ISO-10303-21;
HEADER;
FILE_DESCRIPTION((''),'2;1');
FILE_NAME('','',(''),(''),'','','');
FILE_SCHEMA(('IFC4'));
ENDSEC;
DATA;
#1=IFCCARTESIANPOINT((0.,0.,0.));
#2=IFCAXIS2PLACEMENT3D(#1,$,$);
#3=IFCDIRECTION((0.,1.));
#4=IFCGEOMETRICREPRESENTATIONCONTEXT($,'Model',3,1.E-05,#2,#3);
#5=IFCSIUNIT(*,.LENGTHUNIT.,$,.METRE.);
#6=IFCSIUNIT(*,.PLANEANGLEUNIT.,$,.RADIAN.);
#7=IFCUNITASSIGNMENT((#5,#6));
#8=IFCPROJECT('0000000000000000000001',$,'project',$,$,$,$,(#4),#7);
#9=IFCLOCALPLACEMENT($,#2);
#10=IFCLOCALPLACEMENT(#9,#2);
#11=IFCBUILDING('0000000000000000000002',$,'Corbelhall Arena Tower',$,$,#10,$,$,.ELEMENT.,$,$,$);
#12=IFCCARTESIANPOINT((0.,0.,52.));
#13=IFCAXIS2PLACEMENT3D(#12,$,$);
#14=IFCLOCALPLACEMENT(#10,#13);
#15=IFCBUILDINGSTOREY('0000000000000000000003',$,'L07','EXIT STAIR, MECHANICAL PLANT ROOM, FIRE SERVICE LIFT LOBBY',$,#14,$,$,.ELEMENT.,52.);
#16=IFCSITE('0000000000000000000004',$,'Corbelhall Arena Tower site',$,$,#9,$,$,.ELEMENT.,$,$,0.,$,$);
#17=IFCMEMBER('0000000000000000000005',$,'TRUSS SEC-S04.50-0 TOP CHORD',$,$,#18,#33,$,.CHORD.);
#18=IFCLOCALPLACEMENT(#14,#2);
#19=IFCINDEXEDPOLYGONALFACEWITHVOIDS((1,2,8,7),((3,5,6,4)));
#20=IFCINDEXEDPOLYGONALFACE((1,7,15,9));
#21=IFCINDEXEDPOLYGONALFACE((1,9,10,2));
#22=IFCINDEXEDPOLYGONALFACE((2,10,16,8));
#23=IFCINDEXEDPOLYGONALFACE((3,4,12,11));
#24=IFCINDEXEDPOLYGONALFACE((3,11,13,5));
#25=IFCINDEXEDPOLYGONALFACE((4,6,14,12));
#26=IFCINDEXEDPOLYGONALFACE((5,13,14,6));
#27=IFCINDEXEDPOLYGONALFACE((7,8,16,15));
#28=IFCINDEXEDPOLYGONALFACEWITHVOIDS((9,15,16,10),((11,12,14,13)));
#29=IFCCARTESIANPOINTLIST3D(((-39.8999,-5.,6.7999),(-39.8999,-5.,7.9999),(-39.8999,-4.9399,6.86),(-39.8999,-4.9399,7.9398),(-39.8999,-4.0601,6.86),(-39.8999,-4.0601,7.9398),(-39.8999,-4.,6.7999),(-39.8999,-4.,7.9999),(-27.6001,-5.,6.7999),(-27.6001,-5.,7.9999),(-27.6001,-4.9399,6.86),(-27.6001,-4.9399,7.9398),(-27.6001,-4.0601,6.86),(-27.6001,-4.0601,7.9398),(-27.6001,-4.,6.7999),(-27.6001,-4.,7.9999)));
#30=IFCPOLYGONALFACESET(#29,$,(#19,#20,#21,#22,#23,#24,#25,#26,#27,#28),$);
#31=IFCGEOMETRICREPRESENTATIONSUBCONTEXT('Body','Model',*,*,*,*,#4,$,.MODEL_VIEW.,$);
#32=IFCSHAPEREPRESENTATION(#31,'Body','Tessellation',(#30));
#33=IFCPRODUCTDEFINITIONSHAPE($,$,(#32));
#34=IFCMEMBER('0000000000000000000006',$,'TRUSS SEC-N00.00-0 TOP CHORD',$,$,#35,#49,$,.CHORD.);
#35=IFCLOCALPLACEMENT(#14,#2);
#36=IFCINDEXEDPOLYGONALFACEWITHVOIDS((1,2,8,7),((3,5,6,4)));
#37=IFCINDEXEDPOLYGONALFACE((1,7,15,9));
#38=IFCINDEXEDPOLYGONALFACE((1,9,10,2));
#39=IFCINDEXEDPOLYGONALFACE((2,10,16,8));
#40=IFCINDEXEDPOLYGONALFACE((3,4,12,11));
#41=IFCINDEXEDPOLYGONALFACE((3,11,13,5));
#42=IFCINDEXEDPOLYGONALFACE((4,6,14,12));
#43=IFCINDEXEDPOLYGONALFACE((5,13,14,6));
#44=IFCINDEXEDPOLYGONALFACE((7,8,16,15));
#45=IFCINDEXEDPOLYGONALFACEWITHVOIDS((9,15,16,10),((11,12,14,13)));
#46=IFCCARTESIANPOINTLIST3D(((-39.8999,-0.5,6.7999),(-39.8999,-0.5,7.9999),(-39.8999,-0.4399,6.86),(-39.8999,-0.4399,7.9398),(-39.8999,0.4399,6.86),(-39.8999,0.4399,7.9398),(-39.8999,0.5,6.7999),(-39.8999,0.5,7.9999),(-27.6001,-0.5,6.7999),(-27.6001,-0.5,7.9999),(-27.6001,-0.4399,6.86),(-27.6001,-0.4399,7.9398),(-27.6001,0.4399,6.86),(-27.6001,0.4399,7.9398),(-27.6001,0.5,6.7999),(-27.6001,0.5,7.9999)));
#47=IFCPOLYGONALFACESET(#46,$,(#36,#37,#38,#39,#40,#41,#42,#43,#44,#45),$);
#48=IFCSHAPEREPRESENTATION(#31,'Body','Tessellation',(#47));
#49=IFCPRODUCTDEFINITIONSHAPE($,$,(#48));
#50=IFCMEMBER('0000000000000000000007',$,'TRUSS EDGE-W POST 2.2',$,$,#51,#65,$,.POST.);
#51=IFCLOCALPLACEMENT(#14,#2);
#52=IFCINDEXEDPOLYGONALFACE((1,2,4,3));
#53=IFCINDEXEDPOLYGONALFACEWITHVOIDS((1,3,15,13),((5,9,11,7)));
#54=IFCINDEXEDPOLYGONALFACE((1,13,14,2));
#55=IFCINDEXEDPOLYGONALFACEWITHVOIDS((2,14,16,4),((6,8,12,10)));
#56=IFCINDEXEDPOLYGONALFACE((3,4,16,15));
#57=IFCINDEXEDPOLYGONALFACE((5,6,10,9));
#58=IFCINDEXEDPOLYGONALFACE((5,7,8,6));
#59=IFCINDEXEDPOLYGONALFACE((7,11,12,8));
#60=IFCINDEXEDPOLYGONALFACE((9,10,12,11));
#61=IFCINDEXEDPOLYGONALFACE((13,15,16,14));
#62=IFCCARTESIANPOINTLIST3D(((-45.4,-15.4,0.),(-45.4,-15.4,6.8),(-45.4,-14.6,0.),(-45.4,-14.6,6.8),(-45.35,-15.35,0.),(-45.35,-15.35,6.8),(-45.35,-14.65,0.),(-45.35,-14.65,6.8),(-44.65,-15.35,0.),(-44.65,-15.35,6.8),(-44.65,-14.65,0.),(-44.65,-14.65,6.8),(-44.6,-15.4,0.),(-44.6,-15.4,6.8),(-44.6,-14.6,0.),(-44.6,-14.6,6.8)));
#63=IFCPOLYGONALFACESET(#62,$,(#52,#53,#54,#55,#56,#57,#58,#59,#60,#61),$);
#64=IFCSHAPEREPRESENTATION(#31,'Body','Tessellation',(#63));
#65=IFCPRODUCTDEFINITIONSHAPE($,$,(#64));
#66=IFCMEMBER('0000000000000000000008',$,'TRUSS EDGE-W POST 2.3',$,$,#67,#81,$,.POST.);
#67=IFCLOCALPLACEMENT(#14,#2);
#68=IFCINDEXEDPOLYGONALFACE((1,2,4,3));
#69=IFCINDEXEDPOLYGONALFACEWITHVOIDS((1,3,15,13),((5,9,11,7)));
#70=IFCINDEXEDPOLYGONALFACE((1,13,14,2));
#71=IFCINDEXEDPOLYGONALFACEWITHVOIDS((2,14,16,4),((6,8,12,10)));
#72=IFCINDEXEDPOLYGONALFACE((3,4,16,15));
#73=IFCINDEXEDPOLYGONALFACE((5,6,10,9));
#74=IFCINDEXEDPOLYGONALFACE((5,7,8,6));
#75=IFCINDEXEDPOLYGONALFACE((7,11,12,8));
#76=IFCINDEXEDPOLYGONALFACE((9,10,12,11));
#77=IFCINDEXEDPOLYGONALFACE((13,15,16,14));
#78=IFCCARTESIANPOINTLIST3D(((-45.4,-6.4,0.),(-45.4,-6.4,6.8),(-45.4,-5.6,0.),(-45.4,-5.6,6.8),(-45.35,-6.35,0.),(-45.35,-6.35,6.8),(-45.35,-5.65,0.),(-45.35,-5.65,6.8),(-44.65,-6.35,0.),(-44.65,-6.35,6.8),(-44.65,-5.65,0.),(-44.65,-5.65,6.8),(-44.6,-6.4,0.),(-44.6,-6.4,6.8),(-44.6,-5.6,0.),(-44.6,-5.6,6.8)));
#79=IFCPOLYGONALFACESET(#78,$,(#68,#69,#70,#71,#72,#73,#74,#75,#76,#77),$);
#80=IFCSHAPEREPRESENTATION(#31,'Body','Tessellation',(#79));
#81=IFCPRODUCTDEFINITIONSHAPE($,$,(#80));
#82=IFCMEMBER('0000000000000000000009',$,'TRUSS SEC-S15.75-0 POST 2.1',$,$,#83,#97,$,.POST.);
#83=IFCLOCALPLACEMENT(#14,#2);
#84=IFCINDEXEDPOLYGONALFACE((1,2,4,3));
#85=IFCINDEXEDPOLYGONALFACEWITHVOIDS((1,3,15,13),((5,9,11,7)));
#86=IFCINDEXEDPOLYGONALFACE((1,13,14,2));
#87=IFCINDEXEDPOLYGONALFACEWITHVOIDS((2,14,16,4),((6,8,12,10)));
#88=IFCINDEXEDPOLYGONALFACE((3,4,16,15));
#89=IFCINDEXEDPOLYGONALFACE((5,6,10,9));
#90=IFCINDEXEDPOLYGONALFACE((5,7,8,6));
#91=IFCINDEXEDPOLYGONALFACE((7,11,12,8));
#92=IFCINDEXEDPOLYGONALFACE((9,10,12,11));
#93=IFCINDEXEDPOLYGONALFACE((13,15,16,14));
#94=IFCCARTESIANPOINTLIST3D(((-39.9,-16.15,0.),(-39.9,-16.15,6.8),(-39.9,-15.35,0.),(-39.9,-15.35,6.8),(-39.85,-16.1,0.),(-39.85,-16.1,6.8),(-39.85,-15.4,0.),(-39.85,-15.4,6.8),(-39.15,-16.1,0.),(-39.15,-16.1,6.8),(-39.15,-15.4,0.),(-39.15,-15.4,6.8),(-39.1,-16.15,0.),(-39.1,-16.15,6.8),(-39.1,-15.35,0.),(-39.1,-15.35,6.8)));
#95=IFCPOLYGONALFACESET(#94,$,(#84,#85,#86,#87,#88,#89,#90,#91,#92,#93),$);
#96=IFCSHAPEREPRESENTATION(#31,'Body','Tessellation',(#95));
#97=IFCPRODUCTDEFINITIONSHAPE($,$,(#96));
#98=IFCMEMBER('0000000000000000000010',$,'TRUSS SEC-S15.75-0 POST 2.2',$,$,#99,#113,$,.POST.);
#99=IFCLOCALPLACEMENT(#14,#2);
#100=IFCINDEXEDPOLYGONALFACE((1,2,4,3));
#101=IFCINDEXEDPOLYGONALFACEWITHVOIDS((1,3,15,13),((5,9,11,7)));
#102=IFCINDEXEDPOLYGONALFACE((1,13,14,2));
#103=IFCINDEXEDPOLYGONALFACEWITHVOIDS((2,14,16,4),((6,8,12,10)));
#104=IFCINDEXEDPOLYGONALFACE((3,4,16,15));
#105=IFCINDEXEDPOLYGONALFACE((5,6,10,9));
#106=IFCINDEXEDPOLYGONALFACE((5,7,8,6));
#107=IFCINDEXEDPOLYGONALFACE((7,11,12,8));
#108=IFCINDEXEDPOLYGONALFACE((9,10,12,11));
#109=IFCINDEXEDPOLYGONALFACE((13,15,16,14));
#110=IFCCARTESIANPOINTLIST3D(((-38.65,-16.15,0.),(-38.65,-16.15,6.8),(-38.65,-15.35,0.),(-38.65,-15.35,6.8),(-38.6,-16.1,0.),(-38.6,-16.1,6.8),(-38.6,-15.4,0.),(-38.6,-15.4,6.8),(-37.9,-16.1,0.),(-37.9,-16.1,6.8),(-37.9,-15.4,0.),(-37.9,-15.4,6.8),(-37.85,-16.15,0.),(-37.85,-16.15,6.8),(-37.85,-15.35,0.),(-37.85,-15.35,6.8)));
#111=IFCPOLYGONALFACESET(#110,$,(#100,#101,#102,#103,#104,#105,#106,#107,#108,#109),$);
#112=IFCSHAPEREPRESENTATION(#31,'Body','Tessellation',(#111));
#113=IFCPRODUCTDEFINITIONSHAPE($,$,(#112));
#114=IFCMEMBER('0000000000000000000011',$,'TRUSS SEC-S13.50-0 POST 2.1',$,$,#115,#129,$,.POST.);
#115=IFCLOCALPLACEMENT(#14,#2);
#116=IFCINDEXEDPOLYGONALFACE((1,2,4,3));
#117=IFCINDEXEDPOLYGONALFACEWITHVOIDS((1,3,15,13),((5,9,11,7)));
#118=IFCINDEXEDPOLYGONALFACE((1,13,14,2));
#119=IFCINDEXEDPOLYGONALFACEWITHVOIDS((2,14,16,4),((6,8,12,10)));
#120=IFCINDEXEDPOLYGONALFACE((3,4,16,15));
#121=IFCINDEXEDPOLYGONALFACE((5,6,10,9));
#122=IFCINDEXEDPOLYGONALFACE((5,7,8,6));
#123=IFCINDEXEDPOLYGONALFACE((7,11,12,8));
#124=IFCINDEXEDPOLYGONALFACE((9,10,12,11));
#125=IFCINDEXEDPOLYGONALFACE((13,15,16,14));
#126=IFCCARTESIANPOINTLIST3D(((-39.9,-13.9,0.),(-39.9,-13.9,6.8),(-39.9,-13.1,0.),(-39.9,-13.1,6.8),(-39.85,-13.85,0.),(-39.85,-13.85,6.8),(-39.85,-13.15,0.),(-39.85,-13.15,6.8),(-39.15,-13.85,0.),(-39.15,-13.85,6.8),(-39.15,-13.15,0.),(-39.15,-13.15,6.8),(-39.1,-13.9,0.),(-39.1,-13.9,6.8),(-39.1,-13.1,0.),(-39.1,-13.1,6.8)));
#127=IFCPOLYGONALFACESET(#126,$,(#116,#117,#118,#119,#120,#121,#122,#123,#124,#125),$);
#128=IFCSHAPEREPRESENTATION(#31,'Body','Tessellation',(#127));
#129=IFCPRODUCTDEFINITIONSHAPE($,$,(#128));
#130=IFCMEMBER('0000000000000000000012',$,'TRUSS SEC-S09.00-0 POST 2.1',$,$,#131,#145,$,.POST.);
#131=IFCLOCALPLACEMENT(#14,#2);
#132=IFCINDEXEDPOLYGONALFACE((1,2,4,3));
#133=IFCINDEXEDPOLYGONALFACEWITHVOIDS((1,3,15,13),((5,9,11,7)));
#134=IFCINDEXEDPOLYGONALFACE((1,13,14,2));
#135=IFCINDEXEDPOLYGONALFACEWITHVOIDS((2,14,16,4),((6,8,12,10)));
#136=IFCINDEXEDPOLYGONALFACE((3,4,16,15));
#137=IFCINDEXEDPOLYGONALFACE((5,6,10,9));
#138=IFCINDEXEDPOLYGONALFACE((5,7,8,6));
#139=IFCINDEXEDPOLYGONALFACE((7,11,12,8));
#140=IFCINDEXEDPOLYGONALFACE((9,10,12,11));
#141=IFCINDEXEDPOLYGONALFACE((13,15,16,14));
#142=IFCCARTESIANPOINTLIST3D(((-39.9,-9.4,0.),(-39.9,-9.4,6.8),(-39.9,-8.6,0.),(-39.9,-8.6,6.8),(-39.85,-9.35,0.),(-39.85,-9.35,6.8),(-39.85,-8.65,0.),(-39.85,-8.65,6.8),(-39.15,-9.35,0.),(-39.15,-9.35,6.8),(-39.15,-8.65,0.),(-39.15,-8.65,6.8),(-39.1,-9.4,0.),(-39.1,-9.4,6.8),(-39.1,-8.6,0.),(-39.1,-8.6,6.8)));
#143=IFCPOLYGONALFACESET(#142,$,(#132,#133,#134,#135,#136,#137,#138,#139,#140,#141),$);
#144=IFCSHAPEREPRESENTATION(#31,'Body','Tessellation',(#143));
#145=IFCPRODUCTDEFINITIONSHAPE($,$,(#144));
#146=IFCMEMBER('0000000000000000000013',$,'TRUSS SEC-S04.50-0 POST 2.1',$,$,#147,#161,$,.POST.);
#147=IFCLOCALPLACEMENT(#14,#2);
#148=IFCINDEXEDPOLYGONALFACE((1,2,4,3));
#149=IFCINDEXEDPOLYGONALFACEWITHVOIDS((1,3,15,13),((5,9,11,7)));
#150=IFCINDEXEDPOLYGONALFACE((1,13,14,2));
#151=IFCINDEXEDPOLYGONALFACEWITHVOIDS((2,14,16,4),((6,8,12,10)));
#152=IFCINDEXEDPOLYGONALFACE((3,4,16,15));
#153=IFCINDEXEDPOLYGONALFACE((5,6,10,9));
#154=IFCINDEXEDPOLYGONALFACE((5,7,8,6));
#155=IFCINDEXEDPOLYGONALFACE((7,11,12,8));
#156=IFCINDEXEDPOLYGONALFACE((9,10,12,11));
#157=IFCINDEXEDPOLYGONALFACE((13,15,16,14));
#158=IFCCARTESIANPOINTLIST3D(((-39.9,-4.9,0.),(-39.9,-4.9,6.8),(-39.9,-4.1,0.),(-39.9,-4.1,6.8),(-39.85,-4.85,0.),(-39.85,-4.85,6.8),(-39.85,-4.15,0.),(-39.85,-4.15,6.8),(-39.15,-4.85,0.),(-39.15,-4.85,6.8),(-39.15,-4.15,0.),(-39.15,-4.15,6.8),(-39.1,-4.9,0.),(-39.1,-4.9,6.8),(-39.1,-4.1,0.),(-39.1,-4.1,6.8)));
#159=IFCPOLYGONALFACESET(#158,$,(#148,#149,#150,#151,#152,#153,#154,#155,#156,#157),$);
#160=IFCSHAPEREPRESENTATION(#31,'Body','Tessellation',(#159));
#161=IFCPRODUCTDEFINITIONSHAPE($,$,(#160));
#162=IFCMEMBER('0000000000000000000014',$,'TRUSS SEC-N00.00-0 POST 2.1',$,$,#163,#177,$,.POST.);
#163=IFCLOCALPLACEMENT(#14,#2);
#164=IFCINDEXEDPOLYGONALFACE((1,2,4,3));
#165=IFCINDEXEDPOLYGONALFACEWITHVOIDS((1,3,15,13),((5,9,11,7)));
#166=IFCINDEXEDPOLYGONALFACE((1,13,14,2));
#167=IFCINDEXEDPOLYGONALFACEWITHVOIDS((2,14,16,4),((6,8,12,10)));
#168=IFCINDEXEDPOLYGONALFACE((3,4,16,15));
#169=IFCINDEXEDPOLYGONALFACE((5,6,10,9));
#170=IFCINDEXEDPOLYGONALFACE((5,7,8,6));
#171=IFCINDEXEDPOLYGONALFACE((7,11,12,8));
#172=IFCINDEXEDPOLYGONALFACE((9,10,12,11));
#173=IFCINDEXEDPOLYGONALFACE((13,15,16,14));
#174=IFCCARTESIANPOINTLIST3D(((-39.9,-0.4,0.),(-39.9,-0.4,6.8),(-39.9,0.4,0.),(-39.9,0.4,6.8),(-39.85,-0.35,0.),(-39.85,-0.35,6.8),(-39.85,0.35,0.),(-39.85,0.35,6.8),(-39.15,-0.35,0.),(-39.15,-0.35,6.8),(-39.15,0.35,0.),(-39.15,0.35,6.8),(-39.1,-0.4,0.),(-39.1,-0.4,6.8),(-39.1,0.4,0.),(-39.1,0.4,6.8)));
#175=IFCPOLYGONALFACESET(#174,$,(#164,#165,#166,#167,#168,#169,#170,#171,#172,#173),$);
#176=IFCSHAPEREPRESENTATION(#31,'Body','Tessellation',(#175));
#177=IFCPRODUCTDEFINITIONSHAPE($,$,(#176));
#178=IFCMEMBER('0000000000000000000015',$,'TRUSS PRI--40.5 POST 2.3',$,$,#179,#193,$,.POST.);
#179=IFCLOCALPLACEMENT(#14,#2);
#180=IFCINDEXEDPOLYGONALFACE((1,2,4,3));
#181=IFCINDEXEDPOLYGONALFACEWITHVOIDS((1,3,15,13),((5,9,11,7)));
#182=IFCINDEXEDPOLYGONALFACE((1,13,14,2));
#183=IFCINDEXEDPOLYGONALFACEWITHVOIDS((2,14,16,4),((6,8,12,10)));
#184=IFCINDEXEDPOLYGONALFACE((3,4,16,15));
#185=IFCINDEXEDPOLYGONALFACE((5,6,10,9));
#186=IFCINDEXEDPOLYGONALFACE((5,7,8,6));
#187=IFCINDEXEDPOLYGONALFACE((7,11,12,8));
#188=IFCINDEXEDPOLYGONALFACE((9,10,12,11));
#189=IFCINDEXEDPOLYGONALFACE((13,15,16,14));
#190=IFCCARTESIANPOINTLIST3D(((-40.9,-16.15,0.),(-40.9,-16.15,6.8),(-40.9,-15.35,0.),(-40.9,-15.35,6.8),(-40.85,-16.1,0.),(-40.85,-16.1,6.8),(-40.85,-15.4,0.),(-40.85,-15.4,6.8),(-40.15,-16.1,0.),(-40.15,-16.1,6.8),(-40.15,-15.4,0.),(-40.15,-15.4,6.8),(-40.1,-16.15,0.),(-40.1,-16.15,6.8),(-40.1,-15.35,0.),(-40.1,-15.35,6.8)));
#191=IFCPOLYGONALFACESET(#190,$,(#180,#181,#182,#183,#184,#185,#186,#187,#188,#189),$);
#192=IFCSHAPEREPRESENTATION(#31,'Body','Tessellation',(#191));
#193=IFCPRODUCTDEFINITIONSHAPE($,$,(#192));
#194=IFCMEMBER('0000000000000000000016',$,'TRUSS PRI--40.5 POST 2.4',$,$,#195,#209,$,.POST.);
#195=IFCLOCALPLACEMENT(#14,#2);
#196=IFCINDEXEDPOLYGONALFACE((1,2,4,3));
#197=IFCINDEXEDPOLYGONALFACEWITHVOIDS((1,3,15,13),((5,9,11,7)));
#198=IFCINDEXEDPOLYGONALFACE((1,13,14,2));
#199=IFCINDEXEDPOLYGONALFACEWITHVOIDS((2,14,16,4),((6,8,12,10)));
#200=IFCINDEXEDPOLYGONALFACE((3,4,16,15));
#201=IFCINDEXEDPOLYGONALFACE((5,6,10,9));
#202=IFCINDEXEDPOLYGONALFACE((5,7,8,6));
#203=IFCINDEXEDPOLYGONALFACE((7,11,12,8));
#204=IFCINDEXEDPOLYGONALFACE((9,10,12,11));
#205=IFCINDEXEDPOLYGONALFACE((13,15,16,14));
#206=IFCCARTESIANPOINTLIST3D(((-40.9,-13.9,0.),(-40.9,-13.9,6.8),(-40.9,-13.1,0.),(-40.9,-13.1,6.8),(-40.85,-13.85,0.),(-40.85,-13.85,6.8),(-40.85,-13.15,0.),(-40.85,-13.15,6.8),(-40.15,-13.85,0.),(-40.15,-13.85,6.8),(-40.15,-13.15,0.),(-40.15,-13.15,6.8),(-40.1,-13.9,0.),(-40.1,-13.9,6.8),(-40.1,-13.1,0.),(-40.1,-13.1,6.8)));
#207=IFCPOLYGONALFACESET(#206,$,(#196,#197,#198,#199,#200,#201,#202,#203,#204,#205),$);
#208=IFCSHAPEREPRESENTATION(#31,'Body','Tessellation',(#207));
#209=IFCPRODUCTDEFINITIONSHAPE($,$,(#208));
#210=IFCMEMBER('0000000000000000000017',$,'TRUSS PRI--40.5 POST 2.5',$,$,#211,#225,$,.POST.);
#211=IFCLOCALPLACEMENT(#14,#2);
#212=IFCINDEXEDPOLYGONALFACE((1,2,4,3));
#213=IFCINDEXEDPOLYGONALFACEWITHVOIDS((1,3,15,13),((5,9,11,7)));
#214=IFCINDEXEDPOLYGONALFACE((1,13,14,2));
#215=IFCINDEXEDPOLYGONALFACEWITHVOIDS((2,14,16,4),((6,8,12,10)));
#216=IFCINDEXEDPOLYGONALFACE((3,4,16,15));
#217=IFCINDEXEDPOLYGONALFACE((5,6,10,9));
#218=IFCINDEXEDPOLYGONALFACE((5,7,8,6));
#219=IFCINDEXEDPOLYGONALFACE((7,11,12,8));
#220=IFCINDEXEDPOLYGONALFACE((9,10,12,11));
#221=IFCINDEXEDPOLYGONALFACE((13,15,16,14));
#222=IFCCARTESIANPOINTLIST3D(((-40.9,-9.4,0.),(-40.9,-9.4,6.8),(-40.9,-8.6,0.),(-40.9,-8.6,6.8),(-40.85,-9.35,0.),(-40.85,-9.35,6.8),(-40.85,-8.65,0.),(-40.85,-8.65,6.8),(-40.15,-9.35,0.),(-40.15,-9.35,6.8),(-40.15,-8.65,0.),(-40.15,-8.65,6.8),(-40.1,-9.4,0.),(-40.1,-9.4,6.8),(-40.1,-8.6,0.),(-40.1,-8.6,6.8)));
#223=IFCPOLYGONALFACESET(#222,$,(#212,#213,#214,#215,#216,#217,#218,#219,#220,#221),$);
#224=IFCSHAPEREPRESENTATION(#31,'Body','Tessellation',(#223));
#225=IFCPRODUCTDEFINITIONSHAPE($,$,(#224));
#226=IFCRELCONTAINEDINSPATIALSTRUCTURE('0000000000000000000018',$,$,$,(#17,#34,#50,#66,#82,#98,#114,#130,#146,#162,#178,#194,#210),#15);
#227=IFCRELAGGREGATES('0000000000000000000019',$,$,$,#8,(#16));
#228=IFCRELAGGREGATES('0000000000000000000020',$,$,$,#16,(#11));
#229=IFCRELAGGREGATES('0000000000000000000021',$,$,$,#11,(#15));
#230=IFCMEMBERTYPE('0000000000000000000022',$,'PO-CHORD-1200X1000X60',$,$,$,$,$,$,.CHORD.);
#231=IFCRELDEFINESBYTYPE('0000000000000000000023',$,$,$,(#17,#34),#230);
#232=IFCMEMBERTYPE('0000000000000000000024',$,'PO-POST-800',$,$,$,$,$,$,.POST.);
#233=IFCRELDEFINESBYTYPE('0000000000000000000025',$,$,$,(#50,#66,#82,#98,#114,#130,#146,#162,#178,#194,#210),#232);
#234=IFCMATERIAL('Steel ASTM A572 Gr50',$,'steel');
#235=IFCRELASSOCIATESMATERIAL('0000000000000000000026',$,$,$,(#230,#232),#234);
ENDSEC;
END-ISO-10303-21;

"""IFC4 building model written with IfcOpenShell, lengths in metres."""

from ifc_helpers import new_model, si_unit, direction, frame, origin, origin_2d, place, context, subcontext, project, spatial, hollow_rectangle, extrude, material, material_profile, profile_set, type_object, element, save


model = new_model("IFC4")

# Units and contexts
model_context = context("Model", 3, precision=1e-05, world=origin(), true_north=direction((0.0, 1.0)))
body_context = subcontext(model_context, "Body", "Model", "MODEL_VIEW")
ifc_project = project(units=[si_unit("LENGTHUNIT", "METRE"), si_unit("PLANEANGLEUNIT", "RADIAN")], contexts=[model_context])

# Site, building, storey
site_placement = place(None, origin())
site = spatial("IfcSite", under=ifc_project, at=site_placement, Name="Corbelhall Arena Tower site", CompositionType="ELEMENT", RefElevation=0.0)
building_placement = place(site_placement, origin())
building = spatial("IfcBuilding", under=site, at=building_placement, Name="Corbelhall Arena Tower", CompositionType="ELEMENT")
storey_placement = place(building_placement, frame((0.0, 0.0, 52.0)))
storey = spatial("IfcBuildingStorey", under=building, at=storey_placement, Name="L07", Description="EXIT STAIR, MECHANICAL PLANT ROOM, FIRE SERVICE LIFT LOBBY", CompositionType="ELEMENT", Elevation=52.0)

# Members
ifc_material_1 = material(Name="Steel ASTM A572 Gr50", Category="steel")
ifc_material_profile_1 = material_profile(ifc_material_1, hollow_rectangle(XDim=1.0, YDim=1.2, WallThickness=0.0601, at=origin_2d()))
ifc_profile_set_1 = profile_set([ifc_material_profile_1], Name="Steel ASTM A572 Gr50")
member_type_1 = type_object("IfcMemberType", Name="PO-CHORD-1200X1000X60", PredefinedType="CHORD", material=ifc_profile_set_1)
for number, where, z_axis, x_axis, name in (
    (1, (-39.8999, -4.5, 7.3999), (1.0, 0.0, 0.0), (0.0, 1.0, 0.0), "TRUSS SEC-S04.50-0 TOP CHORD"),
    (2, (-39.8999, 0.0, 7.3999), (1.0, 0.0, 0.0), (0.0, 1.0, 0.0), "TRUSS SEC-N00.00-0 TOP CHORD"),
):
    element("IfcMember", number, at=place(storey_placement, frame(where, z_axis=z_axis, x_axis=x_axis)), inside=storey, type_object=member_type_1, Name=name, PredefinedType="CHORD", context=body_context, shape_type="SweptSolid", body=[
        extrude(hollow_rectangle(XDim=1.0, YDim=1.2, WallThickness=0.0601, at=origin_2d()), origin(), (0.0, 0.0, 1.0), 12.2998),
    ])
ifc_material_profile_2 = material_profile(ifc_material_1, hollow_rectangle(XDim=0.8, YDim=0.8, WallThickness=0.05, at=origin_2d()))
ifc_profile_set_2 = profile_set([ifc_material_profile_2], Name="Steel ASTM A572 Gr50")
member_type_2 = type_object("IfcMemberType", Name="PO-POST-800", PredefinedType="POST", material=ifc_profile_set_2)
for number, where, z_axis, x_axis, name in (
    (3, (-45.0, -15.0, 0.0), (0.0, 0.0, 1.0), (1.0, 0.0, 0.0), "TRUSS EDGE-W POST 2.2"),
    (4, (-45.0, -6.0, 0.0), (0.0, 0.0, 1.0), (1.0, 0.0, 0.0), "TRUSS EDGE-W POST 2.3"),
    (5, (-39.5, -15.75, 0.0), (0.0, 0.0, 1.0), (1.0, 0.0, 0.0), "TRUSS SEC-S15.75-0 POST 2.1"),
    (6, (-38.25, -15.75, 0.0), (0.0, 0.0, 1.0), (1.0, 0.0, 0.0), "TRUSS SEC-S15.75-0 POST 2.2"),
    (7, (-39.5, -13.5, 0.0), (0.0, 0.0, 1.0), (1.0, 0.0, 0.0), "TRUSS SEC-S13.50-0 POST 2.1"),
    (8, (-39.5, -9.0, 0.0), (0.0, 0.0, 1.0), (1.0, 0.0, 0.0), "TRUSS SEC-S09.00-0 POST 2.1"),
    (9, (-39.5, -4.5, 0.0), (0.0, 0.0, 1.0), (1.0, 0.0, 0.0), "TRUSS SEC-S04.50-0 POST 2.1"),
    (10, (-39.5, 0.0, 0.0), (0.0, 0.0, 1.0), (1.0, 0.0, 0.0), "TRUSS SEC-N00.00-0 POST 2.1"),
    (11, (-40.5, -15.75, 0.0), (0.0, 0.0, 1.0), (1.0, 0.0, 0.0), "TRUSS PRI--40.5 POST 2.3"),
    (12, (-40.5, -13.5, 0.0), (0.0, 0.0, 1.0), (1.0, 0.0, 0.0), "TRUSS PRI--40.5 POST 2.4"),
    (13, (-40.5, -9.0, 0.0), (0.0, 0.0, 1.0), (1.0, 0.0, 0.0), "TRUSS PRI--40.5 POST 2.5"),
):
    element("IfcMember", number, at=place(storey_placement, frame(where, z_axis=z_axis, x_axis=x_axis)), inside=storey, type_object=member_type_2, Name=name, PredefinedType="POST", context=body_context, shape_type="SweptSolid", body=[
        extrude(hollow_rectangle(XDim=0.8, YDim=0.8, WallThickness=0.05, at=origin_2d()), origin(), (0.0, 0.0, 1.0), 6.8),
    ])

save(model, "model.ifc")
